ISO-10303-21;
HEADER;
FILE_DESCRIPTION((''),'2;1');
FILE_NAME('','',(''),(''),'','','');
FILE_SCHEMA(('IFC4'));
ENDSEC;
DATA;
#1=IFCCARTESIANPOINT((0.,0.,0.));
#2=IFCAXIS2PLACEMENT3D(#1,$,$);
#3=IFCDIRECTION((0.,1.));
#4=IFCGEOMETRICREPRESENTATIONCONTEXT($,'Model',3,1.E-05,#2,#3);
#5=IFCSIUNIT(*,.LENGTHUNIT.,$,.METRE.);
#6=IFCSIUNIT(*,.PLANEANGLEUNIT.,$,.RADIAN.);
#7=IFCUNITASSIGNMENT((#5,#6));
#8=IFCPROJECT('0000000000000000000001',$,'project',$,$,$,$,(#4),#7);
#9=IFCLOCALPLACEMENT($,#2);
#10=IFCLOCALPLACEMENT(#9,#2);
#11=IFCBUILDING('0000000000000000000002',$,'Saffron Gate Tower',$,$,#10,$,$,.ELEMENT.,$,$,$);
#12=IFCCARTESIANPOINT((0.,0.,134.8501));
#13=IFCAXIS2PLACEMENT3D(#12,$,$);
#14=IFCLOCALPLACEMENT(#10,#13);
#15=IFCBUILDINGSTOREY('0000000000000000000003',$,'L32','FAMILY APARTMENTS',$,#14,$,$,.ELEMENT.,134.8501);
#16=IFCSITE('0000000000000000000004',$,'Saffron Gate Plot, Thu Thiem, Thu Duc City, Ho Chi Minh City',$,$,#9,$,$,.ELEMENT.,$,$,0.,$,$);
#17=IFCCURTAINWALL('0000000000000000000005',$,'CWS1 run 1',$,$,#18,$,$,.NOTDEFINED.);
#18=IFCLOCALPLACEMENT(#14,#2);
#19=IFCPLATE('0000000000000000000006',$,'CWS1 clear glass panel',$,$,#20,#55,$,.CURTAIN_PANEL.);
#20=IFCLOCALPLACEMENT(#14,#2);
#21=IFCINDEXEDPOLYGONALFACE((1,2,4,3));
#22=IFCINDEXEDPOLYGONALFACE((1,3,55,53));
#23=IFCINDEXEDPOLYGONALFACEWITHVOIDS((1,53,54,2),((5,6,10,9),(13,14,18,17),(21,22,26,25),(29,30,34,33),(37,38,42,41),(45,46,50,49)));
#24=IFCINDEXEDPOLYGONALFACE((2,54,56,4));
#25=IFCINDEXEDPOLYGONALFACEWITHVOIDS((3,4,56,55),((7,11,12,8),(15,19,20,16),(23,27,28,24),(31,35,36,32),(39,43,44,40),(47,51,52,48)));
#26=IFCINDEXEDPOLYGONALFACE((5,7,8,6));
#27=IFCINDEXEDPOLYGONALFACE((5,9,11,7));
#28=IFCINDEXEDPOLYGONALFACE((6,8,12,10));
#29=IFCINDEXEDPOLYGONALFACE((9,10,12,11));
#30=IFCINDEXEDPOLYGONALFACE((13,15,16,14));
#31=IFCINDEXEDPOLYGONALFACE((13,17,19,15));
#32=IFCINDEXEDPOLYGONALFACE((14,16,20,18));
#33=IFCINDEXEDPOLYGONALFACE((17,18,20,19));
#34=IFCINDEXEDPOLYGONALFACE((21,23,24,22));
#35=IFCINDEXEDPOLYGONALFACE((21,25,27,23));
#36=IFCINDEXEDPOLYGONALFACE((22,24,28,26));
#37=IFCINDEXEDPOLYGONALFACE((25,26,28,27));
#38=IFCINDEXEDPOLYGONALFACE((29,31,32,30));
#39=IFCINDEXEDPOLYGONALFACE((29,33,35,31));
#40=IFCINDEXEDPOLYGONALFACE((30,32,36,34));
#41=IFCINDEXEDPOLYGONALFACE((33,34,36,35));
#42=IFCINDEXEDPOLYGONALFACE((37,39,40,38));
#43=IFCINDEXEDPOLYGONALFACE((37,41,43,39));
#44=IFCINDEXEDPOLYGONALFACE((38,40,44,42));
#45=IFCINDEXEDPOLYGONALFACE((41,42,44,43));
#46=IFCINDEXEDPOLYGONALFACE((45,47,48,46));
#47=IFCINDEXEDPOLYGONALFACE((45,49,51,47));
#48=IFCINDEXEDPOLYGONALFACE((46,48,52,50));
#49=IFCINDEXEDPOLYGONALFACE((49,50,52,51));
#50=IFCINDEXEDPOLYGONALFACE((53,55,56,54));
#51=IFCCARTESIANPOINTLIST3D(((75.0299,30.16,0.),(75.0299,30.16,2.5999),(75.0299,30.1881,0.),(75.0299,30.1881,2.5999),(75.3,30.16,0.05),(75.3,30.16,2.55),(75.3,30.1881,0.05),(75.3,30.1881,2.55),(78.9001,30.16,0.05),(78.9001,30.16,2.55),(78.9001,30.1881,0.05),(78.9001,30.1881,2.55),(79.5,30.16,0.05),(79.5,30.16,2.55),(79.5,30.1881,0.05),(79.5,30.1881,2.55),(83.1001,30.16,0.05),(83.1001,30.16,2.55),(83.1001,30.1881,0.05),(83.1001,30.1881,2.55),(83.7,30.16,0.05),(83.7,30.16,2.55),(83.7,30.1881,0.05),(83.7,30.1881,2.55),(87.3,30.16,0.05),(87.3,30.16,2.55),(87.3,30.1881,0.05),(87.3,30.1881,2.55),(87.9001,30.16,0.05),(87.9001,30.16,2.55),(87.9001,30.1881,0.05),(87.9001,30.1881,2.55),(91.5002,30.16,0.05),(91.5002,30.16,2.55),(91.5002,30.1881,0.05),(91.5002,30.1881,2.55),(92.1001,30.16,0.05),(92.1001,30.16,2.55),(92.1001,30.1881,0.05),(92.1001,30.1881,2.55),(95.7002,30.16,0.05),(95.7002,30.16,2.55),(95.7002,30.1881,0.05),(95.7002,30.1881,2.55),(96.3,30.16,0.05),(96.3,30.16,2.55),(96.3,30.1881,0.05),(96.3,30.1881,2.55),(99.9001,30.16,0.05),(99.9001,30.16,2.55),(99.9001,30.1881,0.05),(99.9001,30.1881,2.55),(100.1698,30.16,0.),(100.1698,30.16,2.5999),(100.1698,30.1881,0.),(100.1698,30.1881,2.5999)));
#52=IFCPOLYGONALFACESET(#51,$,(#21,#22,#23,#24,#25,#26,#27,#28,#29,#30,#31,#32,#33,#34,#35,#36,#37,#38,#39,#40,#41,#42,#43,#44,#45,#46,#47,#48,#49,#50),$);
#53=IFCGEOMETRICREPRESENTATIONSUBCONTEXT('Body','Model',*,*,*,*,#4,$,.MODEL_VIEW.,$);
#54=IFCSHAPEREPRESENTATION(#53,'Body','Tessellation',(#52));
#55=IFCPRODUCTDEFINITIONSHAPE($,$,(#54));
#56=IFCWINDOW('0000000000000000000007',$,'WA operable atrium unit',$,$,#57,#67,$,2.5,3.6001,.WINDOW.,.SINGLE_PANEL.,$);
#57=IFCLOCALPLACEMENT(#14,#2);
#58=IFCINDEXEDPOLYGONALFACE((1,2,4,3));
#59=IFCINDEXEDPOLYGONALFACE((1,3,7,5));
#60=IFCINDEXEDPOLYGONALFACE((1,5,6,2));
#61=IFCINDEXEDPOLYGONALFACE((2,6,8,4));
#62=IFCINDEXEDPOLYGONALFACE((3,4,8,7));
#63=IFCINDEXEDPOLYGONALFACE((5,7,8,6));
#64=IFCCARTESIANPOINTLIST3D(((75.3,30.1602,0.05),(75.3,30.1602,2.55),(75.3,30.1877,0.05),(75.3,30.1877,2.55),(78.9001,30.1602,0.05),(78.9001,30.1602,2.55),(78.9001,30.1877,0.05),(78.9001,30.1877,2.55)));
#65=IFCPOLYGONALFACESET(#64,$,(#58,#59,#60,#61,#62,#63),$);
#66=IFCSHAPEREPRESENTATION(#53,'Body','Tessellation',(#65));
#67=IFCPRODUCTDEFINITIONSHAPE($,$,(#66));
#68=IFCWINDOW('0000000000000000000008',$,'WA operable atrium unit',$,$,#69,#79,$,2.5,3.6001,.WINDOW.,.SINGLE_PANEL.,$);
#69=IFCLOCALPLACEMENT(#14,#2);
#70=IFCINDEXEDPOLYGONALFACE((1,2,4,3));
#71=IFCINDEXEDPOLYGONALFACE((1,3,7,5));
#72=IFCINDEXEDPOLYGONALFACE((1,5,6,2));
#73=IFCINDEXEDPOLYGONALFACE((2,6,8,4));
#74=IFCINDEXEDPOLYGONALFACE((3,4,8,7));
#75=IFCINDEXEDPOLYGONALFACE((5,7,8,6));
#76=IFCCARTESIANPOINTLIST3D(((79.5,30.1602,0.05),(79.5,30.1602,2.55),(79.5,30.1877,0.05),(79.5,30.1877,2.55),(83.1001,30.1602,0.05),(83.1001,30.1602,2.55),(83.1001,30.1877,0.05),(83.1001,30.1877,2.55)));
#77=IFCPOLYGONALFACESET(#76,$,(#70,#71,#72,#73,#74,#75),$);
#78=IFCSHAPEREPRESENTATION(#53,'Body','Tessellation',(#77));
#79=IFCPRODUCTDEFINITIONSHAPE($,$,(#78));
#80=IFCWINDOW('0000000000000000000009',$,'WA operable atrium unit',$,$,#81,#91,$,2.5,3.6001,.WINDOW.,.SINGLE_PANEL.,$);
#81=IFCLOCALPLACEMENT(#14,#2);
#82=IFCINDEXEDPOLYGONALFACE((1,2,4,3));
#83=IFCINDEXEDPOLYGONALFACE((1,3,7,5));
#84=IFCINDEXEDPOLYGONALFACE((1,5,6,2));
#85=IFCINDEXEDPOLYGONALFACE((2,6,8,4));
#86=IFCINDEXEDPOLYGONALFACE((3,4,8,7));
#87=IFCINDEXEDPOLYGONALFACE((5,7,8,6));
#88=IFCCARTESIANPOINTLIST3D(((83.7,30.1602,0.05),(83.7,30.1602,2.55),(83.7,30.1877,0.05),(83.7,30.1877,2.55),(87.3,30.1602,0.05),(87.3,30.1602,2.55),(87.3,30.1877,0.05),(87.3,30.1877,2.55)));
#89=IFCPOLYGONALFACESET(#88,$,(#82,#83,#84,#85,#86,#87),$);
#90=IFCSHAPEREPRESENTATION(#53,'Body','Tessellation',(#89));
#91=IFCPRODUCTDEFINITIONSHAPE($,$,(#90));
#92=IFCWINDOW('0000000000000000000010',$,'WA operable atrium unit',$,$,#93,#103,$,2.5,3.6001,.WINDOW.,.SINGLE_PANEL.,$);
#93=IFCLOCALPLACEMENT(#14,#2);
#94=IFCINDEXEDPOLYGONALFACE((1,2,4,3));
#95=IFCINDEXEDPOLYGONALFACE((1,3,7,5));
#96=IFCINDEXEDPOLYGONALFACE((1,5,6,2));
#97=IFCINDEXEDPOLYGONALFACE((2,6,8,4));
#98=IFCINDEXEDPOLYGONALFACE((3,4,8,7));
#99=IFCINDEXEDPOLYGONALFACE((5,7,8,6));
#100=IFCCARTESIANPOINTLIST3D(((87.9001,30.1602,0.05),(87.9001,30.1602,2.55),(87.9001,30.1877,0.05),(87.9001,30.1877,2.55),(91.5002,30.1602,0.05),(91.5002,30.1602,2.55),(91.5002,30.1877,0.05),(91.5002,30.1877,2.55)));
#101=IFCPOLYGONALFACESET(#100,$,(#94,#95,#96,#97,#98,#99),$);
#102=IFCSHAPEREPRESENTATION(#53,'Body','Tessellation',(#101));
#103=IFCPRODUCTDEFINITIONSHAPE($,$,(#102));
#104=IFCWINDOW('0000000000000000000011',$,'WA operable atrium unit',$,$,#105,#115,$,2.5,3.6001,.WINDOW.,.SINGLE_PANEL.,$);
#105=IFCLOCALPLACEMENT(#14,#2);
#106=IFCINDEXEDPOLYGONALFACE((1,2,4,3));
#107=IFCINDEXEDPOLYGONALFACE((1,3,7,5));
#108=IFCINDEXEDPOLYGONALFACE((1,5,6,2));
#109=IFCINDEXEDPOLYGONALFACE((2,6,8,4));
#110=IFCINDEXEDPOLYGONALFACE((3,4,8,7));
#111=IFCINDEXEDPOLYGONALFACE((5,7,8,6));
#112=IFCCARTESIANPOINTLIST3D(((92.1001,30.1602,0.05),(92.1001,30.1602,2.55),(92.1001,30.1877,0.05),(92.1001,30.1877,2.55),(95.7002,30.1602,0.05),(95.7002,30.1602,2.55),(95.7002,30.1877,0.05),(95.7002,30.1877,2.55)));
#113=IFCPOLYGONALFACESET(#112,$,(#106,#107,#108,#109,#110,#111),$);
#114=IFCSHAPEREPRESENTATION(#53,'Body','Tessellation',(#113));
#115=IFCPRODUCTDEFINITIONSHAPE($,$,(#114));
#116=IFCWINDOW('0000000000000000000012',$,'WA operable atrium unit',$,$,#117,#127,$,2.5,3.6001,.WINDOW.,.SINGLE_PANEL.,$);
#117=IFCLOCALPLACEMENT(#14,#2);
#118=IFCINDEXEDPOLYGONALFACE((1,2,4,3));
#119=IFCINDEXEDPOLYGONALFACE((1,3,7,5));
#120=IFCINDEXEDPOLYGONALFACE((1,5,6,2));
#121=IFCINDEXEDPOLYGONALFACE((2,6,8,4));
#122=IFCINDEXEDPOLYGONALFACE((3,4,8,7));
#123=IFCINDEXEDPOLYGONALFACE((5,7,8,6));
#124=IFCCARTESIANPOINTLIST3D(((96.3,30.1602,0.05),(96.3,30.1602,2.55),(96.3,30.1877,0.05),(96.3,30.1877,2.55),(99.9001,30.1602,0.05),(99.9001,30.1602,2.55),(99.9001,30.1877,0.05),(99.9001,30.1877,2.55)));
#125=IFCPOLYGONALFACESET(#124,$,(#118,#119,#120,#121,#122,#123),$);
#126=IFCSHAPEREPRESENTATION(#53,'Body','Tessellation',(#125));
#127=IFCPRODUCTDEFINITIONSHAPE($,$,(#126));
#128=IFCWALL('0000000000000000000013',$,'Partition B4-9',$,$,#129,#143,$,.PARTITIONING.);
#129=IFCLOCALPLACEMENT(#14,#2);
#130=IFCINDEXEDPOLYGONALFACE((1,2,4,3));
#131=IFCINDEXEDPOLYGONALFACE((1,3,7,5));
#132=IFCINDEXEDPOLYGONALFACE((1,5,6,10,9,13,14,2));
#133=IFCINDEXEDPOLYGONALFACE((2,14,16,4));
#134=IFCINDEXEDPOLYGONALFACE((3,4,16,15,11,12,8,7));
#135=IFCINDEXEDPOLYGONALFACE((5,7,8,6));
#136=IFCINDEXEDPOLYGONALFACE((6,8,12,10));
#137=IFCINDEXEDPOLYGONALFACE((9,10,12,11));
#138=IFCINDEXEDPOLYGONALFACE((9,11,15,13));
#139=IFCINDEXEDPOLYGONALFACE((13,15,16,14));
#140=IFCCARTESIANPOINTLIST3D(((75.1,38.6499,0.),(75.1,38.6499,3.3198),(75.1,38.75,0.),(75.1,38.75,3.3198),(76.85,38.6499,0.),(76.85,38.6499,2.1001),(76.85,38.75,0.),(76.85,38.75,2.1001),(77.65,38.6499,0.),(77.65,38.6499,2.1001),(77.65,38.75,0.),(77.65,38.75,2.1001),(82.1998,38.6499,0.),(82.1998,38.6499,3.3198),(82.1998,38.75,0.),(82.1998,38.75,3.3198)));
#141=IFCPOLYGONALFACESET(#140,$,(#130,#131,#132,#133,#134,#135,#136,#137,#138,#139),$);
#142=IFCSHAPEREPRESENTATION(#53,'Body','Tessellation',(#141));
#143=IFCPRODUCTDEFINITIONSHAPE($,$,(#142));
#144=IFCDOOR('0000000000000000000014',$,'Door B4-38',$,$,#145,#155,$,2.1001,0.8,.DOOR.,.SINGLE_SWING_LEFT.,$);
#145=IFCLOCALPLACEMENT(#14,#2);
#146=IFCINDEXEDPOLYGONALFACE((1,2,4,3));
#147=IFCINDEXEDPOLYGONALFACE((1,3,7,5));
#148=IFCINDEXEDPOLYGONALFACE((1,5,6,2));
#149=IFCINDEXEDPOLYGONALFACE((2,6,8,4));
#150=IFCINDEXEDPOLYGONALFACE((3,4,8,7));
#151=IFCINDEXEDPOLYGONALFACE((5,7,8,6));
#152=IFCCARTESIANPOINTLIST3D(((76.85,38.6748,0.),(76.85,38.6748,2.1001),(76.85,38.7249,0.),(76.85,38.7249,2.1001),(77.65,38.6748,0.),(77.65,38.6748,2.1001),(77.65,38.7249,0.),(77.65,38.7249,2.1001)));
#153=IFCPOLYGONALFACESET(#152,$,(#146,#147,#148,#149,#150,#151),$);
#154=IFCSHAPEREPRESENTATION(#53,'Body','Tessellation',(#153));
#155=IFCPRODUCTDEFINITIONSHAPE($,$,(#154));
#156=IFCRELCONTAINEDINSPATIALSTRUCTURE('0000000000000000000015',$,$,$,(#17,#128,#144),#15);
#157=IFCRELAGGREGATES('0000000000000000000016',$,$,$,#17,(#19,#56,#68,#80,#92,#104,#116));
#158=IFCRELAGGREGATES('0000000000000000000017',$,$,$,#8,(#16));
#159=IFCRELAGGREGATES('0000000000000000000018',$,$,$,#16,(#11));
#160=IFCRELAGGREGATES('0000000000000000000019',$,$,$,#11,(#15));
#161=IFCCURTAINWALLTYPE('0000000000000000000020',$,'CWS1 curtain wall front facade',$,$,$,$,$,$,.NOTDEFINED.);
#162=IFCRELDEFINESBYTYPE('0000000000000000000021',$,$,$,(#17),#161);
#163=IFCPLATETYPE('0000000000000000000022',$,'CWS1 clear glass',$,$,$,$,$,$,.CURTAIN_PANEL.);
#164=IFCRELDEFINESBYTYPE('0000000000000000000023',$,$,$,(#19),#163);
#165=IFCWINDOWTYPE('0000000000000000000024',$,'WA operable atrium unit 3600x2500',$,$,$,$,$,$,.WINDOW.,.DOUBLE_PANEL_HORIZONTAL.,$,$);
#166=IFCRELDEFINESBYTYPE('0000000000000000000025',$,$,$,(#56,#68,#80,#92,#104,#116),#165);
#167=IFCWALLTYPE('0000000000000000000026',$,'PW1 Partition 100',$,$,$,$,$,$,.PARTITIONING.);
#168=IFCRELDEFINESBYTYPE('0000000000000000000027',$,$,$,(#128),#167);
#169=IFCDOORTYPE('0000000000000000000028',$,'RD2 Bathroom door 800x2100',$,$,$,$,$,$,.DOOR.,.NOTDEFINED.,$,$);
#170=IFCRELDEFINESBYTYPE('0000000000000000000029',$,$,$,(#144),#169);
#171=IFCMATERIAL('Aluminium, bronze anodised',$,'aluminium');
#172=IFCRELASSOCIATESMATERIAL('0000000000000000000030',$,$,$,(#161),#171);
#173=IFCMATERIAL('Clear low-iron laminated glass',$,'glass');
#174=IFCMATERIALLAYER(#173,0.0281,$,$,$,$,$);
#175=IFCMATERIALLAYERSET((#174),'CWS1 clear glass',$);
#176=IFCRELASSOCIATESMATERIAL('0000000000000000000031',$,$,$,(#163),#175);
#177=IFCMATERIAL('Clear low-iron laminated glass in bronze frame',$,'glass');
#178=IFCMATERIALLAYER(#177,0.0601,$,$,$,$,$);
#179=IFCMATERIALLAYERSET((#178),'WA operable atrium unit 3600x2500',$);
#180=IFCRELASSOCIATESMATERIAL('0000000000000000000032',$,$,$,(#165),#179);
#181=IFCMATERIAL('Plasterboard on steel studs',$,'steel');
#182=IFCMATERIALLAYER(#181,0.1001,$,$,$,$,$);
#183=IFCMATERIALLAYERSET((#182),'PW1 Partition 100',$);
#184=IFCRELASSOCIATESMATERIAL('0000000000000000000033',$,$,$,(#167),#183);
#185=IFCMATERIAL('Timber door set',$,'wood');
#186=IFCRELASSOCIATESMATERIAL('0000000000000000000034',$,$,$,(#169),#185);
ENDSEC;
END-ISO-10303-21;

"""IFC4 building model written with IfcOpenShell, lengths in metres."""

from ifc_helpers import new_model, si_unit, direction, frame, frame_2d, origin, place, context, subcontext, project, spatial, rectangle, extrude, material, layer, layer_set, type_object, element, fill, aggregate, save


model = new_model("IFC4")

# Units and contexts
model_context = context("Model", 3, precision=1e-05, world=origin(), true_north=direction((0.0, 1.0)))
body_context = subcontext(model_context, "Body", "Model", "MODEL_VIEW")
ifc_project = project(units=[si_unit("LENGTHUNIT", "METRE"), si_unit("PLANEANGLEUNIT", "RADIAN")], contexts=[model_context])

# Site, building, storey
site_placement = place(None, origin())
site = spatial("IfcSite", under=ifc_project, at=site_placement, Name="Saffron Gate Plot, Thu Thiem, Thu Duc City, Ho Chi Minh City", CompositionType="ELEMENT", RefElevation=0.0)
building_placement = place(site_placement, origin())
building = spatial("IfcBuilding", under=site, at=building_placement, Name="Saffron Gate Tower", CompositionType="ELEMENT")
storey_placement = place(building_placement, frame((0.0, 0.0, 134.8501)))
storey = spatial("IfcBuildingStorey", under=building, at=storey_placement, Name="L32", Description="FAMILY APARTMENTS", CompositionType="ELEMENT", Elevation=134.8501)

# Curtain wall, plate, openings, windows
ifc_material_1 = material(Name="Aluminium, bronze anodised", Category="aluminium")
curtain_wall_type = type_object("IfcCurtainWallType", Name="CWS1 curtain wall front facade", PredefinedType="NOTDEFINED", material=ifc_material_1)
curtain_wall_placement = place(storey_placement, origin())
curtain_wall = element("IfcCurtainWall", 1, at=curtain_wall_placement, inside=storey, type_object=curtain_wall_type, Name="CWS1 run 1", PredefinedType="NOTDEFINED")
ifc_material_2 = material(Name="Clear low-iron laminated glass", Category="glass")
ifc_layer_1 = layer(ifc_material_2, 0.0281)
ifc_layer_set_1 = layer_set([ifc_layer_1], Name="CWS1 clear glass")
plate_type = type_object("IfcPlateType", Name="CWS1 clear glass", PredefinedType="CURTAIN_PANEL", material=ifc_layer_set_1)
plate_placement = place(storey_placement, frame((75.03, 30.1741, 0.0), z_axis=(0.0, 0.0, 1.0), x_axis=(1.0, 0.0, 0.0)))
plate = element("IfcPlate", 2, at=plate_placement, type_object=plate_type, Name="CWS1 clear glass panel", PredefinedType="CURTAIN_PANEL", context=body_context, shape_type="SweptSolid", body=[
    extrude(rectangle(XDim=25.1399, YDim=0.0281, at=frame_2d((12.5698, 0.0))), origin(), (0.0, 0.0, 1.0), 2.5999),
])
opening_1_placement = place(plate_placement, frame((0.27, 0.0, 0.05)))
opening_1 = element("IfcOpeningElement", 3, at=opening_1_placement, cuts=plate, PredefinedType="OPENING", context=body_context, shape_type="SweptSolid", body=[
    extrude(rectangle(XDim=3.6001, YDim=2.5, at=frame_2d((1.8, 1.25))), frame((0.0, 0.0239, 0.0), z_axis=(0.0, -1.0, 0.0), x_axis=(1.0, 0.0, 0.0)), (0.0, 0.0, 1.0), 0.0481),
])
opening_2_placement = place(plate_placement, frame((4.47, 0.0, 0.05)))
opening_2 = element("IfcOpeningElement", 4, at=opening_2_placement, cuts=plate, PredefinedType="OPENING", context=body_context, shape_type="SweptSolid", body=[
    extrude(rectangle(XDim=3.6001, YDim=2.5, at=frame_2d((1.8, 1.25))), frame((0.0, 0.0239, 0.0), z_axis=(0.0, -1.0, 0.0), x_axis=(1.0, 0.0, 0.0)), (0.0, 0.0, 1.0), 0.0481),
])
opening_3_placement = place(plate_placement, frame((8.6699, 0.0, 0.05)))
opening_3 = element("IfcOpeningElement", 5, at=opening_3_placement, cuts=plate, PredefinedType="OPENING", context=body_context, shape_type="SweptSolid", body=[
    extrude(rectangle(XDim=3.6001, YDim=2.5, at=frame_2d((1.8, 1.25))), frame((0.0, 0.0239, 0.0), z_axis=(0.0, -1.0, 0.0), x_axis=(1.0, 0.0, 0.0)), (0.0, 0.0, 1.0), 0.0481),
])
opening_4_placement = place(plate_placement, frame((12.8701, 0.0, 0.05)))
opening_4 = element("IfcOpeningElement", 6, at=opening_4_placement, cuts=plate, PredefinedType="OPENING", context=body_context, shape_type="SweptSolid", body=[
    extrude(rectangle(XDim=3.6001, YDim=2.5, at=frame_2d((1.8, 1.25))), frame((0.0, 0.0239, 0.0), z_axis=(0.0, -1.0, 0.0), x_axis=(1.0, 0.0, 0.0)), (0.0, 0.0, 1.0), 0.0481),
])
opening_5_placement = place(plate_placement, frame((17.0701, 0.0, 0.05)))
opening_5 = element("IfcOpeningElement", 7, at=opening_5_placement, cuts=plate, PredefinedType="OPENING", context=body_context, shape_type="SweptSolid", body=[
    extrude(rectangle(XDim=3.6001, YDim=2.5, at=frame_2d((1.8, 1.25))), frame((0.0, 0.0239, 0.0), z_axis=(0.0, -1.0, 0.0), x_axis=(1.0, 0.0, 0.0)), (0.0, 0.0, 1.0), 0.0481),
])
opening_6_placement = place(plate_placement, frame((21.27, 0.0, 0.05)))
opening_6 = element("IfcOpeningElement", 8, at=opening_6_placement, cuts=plate, PredefinedType="OPENING", context=body_context, shape_type="SweptSolid", body=[
    extrude(rectangle(XDim=3.6001, YDim=2.5, at=frame_2d((1.8, 1.25))), frame((0.0, 0.0239, 0.0), z_axis=(0.0, -1.0, 0.0), x_axis=(1.0, 0.0, 0.0)), (0.0, 0.0, 1.0), 0.0481),
])
ifc_material_3 = material(Name="Clear low-iron laminated glass in bronze frame", Category="glass")
ifc_layer_2 = layer(ifc_material_3, 0.0601)
ifc_layer_set_2 = layer_set([ifc_layer_2], Name="WA operable atrium unit 3600x2500")
window_type = type_object("IfcWindowType", Name="WA operable atrium unit 3600x2500", PartitioningType="DOUBLE_PANEL_HORIZONTAL", PredefinedType="WINDOW", material=ifc_layer_set_2)
window_1_placement = place(opening_1_placement, origin())
window_1 = element("IfcWindow", 9, at=window_1_placement, type_object=window_type, Name="WA operable atrium unit", OverallHeight=2.5, OverallWidth=3.6001, PartitioningType="SINGLE_PANEL", PredefinedType="WINDOW", context=body_context, shape_type="SweptSolid", body=[
    extrude(rectangle(XDim=3.6001, YDim=2.5, at=frame_2d((1.8, 1.25))), frame((0.0, 0.0137, 0.0), z_axis=(0.0, -1.0, 0.0), x_axis=(1.0, 0.0, 0.0)), (0.0, 0.0, 1.0), 0.0276),
])
fill(opening_1, window_1)
window_2_placement = place(opening_2_placement, origin())
window_2 = element("IfcWindow", 10, at=window_2_placement, type_object=window_type, Name="WA operable atrium unit", OverallHeight=2.5, OverallWidth=3.6001, PartitioningType="SINGLE_PANEL", PredefinedType="WINDOW", context=body_context, shape_type="SweptSolid", body=[
    extrude(rectangle(XDim=3.6001, YDim=2.5, at=frame_2d((1.8, 1.25))), frame((0.0, 0.0137, 0.0), z_axis=(0.0, -1.0, 0.0), x_axis=(1.0, 0.0, 0.0)), (0.0, 0.0, 1.0), 0.0276),
])
fill(opening_2, window_2)
window_3_placement = place(opening_3_placement, origin())
window_3 = element("IfcWindow", 11, at=window_3_placement, type_object=window_type, Name="WA operable atrium unit", OverallHeight=2.5, OverallWidth=3.6001, PartitioningType="SINGLE_PANEL", PredefinedType="WINDOW", context=body_context, shape_type="SweptSolid", body=[
    extrude(rectangle(XDim=3.6001, YDim=2.5, at=frame_2d((1.8, 1.25))), frame((0.0, 0.0137, 0.0), z_axis=(0.0, -1.0, 0.0), x_axis=(1.0, 0.0, 0.0)), (0.0, 0.0, 1.0), 0.0276),
])
fill(opening_3, window_3)
window_4_placement = place(opening_4_placement, origin())
window_4 = element("IfcWindow", 12, at=window_4_placement, type_object=window_type, Name="WA operable atrium unit", OverallHeight=2.5, OverallWidth=3.6001, PartitioningType="SINGLE_PANEL", PredefinedType="WINDOW", context=body_context, shape_type="SweptSolid", body=[
    extrude(rectangle(XDim=3.6001, YDim=2.5, at=frame_2d((1.8, 1.25))), frame((0.0, 0.0137, 0.0), z_axis=(0.0, -1.0, 0.0), x_axis=(1.0, 0.0, 0.0)), (0.0, 0.0, 1.0), 0.0276),
])
fill(opening_4, window_4)
window_5_placement = place(opening_5_placement, origin())
window_5 = element("IfcWindow", 13, at=window_5_placement, type_object=window_type, Name="WA operable atrium unit", OverallHeight=2.5, OverallWidth=3.6001, PartitioningType="SINGLE_PANEL", PredefinedType="WINDOW", context=body_context, shape_type="SweptSolid", body=[
    extrude(rectangle(XDim=3.6001, YDim=2.5, at=frame_2d((1.8, 1.25))), frame((0.0, 0.0137, 0.0), z_axis=(0.0, -1.0, 0.0), x_axis=(1.0, 0.0, 0.0)), (0.0, 0.0, 1.0), 0.0276),
])
fill(opening_5, window_5)
window_6_placement = place(opening_6_placement, origin())
window_6 = element("IfcWindow", 14, at=window_6_placement, type_object=window_type, Name="WA operable atrium unit", OverallHeight=2.5, OverallWidth=3.6001, PartitioningType="SINGLE_PANEL", PredefinedType="WINDOW", context=body_context, shape_type="SweptSolid", body=[
    extrude(rectangle(XDim=3.6001, YDim=2.5, at=frame_2d((1.8, 1.25))), frame((0.0, 0.0137, 0.0), z_axis=(0.0, -1.0, 0.0), x_axis=(1.0, 0.0, 0.0)), (0.0, 0.0, 1.0), 0.0276),
])
fill(opening_6, window_6)
aggregate(curtain_wall, [plate, window_1, window_2, window_3, window_4, window_5, window_6])

# Wall, opening, door
ifc_material_4 = material(Name="Plasterboard on steel studs", Category="steel")
ifc_layer_3 = layer(ifc_material_4, 0.1001)
ifc_layer_set_3 = layer_set([ifc_layer_3], Name="PW1 Partition 100")
wall_type_1 = type_object("IfcWallType", Name="PW1 Partition 100", PredefinedType="PARTITIONING", material=ifc_layer_set_3)
wall_1_placement = place(storey_placement, frame((75.1001, 38.7, 0.0), z_axis=(0.0, 0.0, 1.0), x_axis=(1.0, 0.0, 0.0)))
wall_1 = element("IfcWall", 15, at=wall_1_placement, inside=storey, type_object=wall_type_1, Name="Partition B4-9", PredefinedType="PARTITIONING", context=body_context, shape_type="SweptSolid", body=[
    extrude(rectangle(XDim=7.0999, YDim=0.1001, at=frame_2d((3.5498, 0.0))), origin(), (0.0, 0.0, 1.0), 3.3198),
])
opening_7_placement = place(wall_1_placement, frame((1.75, 0.0, 0.0)))
opening_7 = element("IfcOpeningElement", 16, at=opening_7_placement, cuts=wall_1, PredefinedType="OPENING", context=body_context, shape_type="SweptSolid", body=[
    extrude(rectangle(XDim=0.8, YDim=2.1001, at=frame_2d((0.3999, 1.05))), frame((0.0, 0.0601, 0.0), z_axis=(0.0, -1.0, 0.0), x_axis=(1.0, 0.0, 0.0)), (0.0, 0.0, 1.0), 0.1201),
])
ifc_material_5 = material(Name="Timber door set", Category="wood")
door_type = type_object("IfcDoorType", Name="RD2 Bathroom door 800x2100", OperationType="NOTDEFINED", PredefinedType="DOOR", material=ifc_material_5)
door_1_placement = place(opening_7_placement, origin())
door_1 = element("IfcDoor", 17, at=door_1_placement, inside=storey, type_object=door_type, Name="Door B4-38", OperationType="SINGLE_SWING_LEFT", OverallHeight=2.1001, OverallWidth=0.8, PredefinedType="DOOR", context=body_context, shape_type="SweptSolid", body=[
    extrude(rectangle(XDim=0.8, YDim=2.1001, at=frame_2d((0.3999, 1.05))), frame((0.0, 0.0249, 0.0), z_axis=(0.0, -1.0, 0.0), x_axis=(1.0, 0.0, 0.0)), (0.0, 0.0, 1.0), 0.05),
])
fill(opening_7, door_1)

save(model, "model.ifc")
